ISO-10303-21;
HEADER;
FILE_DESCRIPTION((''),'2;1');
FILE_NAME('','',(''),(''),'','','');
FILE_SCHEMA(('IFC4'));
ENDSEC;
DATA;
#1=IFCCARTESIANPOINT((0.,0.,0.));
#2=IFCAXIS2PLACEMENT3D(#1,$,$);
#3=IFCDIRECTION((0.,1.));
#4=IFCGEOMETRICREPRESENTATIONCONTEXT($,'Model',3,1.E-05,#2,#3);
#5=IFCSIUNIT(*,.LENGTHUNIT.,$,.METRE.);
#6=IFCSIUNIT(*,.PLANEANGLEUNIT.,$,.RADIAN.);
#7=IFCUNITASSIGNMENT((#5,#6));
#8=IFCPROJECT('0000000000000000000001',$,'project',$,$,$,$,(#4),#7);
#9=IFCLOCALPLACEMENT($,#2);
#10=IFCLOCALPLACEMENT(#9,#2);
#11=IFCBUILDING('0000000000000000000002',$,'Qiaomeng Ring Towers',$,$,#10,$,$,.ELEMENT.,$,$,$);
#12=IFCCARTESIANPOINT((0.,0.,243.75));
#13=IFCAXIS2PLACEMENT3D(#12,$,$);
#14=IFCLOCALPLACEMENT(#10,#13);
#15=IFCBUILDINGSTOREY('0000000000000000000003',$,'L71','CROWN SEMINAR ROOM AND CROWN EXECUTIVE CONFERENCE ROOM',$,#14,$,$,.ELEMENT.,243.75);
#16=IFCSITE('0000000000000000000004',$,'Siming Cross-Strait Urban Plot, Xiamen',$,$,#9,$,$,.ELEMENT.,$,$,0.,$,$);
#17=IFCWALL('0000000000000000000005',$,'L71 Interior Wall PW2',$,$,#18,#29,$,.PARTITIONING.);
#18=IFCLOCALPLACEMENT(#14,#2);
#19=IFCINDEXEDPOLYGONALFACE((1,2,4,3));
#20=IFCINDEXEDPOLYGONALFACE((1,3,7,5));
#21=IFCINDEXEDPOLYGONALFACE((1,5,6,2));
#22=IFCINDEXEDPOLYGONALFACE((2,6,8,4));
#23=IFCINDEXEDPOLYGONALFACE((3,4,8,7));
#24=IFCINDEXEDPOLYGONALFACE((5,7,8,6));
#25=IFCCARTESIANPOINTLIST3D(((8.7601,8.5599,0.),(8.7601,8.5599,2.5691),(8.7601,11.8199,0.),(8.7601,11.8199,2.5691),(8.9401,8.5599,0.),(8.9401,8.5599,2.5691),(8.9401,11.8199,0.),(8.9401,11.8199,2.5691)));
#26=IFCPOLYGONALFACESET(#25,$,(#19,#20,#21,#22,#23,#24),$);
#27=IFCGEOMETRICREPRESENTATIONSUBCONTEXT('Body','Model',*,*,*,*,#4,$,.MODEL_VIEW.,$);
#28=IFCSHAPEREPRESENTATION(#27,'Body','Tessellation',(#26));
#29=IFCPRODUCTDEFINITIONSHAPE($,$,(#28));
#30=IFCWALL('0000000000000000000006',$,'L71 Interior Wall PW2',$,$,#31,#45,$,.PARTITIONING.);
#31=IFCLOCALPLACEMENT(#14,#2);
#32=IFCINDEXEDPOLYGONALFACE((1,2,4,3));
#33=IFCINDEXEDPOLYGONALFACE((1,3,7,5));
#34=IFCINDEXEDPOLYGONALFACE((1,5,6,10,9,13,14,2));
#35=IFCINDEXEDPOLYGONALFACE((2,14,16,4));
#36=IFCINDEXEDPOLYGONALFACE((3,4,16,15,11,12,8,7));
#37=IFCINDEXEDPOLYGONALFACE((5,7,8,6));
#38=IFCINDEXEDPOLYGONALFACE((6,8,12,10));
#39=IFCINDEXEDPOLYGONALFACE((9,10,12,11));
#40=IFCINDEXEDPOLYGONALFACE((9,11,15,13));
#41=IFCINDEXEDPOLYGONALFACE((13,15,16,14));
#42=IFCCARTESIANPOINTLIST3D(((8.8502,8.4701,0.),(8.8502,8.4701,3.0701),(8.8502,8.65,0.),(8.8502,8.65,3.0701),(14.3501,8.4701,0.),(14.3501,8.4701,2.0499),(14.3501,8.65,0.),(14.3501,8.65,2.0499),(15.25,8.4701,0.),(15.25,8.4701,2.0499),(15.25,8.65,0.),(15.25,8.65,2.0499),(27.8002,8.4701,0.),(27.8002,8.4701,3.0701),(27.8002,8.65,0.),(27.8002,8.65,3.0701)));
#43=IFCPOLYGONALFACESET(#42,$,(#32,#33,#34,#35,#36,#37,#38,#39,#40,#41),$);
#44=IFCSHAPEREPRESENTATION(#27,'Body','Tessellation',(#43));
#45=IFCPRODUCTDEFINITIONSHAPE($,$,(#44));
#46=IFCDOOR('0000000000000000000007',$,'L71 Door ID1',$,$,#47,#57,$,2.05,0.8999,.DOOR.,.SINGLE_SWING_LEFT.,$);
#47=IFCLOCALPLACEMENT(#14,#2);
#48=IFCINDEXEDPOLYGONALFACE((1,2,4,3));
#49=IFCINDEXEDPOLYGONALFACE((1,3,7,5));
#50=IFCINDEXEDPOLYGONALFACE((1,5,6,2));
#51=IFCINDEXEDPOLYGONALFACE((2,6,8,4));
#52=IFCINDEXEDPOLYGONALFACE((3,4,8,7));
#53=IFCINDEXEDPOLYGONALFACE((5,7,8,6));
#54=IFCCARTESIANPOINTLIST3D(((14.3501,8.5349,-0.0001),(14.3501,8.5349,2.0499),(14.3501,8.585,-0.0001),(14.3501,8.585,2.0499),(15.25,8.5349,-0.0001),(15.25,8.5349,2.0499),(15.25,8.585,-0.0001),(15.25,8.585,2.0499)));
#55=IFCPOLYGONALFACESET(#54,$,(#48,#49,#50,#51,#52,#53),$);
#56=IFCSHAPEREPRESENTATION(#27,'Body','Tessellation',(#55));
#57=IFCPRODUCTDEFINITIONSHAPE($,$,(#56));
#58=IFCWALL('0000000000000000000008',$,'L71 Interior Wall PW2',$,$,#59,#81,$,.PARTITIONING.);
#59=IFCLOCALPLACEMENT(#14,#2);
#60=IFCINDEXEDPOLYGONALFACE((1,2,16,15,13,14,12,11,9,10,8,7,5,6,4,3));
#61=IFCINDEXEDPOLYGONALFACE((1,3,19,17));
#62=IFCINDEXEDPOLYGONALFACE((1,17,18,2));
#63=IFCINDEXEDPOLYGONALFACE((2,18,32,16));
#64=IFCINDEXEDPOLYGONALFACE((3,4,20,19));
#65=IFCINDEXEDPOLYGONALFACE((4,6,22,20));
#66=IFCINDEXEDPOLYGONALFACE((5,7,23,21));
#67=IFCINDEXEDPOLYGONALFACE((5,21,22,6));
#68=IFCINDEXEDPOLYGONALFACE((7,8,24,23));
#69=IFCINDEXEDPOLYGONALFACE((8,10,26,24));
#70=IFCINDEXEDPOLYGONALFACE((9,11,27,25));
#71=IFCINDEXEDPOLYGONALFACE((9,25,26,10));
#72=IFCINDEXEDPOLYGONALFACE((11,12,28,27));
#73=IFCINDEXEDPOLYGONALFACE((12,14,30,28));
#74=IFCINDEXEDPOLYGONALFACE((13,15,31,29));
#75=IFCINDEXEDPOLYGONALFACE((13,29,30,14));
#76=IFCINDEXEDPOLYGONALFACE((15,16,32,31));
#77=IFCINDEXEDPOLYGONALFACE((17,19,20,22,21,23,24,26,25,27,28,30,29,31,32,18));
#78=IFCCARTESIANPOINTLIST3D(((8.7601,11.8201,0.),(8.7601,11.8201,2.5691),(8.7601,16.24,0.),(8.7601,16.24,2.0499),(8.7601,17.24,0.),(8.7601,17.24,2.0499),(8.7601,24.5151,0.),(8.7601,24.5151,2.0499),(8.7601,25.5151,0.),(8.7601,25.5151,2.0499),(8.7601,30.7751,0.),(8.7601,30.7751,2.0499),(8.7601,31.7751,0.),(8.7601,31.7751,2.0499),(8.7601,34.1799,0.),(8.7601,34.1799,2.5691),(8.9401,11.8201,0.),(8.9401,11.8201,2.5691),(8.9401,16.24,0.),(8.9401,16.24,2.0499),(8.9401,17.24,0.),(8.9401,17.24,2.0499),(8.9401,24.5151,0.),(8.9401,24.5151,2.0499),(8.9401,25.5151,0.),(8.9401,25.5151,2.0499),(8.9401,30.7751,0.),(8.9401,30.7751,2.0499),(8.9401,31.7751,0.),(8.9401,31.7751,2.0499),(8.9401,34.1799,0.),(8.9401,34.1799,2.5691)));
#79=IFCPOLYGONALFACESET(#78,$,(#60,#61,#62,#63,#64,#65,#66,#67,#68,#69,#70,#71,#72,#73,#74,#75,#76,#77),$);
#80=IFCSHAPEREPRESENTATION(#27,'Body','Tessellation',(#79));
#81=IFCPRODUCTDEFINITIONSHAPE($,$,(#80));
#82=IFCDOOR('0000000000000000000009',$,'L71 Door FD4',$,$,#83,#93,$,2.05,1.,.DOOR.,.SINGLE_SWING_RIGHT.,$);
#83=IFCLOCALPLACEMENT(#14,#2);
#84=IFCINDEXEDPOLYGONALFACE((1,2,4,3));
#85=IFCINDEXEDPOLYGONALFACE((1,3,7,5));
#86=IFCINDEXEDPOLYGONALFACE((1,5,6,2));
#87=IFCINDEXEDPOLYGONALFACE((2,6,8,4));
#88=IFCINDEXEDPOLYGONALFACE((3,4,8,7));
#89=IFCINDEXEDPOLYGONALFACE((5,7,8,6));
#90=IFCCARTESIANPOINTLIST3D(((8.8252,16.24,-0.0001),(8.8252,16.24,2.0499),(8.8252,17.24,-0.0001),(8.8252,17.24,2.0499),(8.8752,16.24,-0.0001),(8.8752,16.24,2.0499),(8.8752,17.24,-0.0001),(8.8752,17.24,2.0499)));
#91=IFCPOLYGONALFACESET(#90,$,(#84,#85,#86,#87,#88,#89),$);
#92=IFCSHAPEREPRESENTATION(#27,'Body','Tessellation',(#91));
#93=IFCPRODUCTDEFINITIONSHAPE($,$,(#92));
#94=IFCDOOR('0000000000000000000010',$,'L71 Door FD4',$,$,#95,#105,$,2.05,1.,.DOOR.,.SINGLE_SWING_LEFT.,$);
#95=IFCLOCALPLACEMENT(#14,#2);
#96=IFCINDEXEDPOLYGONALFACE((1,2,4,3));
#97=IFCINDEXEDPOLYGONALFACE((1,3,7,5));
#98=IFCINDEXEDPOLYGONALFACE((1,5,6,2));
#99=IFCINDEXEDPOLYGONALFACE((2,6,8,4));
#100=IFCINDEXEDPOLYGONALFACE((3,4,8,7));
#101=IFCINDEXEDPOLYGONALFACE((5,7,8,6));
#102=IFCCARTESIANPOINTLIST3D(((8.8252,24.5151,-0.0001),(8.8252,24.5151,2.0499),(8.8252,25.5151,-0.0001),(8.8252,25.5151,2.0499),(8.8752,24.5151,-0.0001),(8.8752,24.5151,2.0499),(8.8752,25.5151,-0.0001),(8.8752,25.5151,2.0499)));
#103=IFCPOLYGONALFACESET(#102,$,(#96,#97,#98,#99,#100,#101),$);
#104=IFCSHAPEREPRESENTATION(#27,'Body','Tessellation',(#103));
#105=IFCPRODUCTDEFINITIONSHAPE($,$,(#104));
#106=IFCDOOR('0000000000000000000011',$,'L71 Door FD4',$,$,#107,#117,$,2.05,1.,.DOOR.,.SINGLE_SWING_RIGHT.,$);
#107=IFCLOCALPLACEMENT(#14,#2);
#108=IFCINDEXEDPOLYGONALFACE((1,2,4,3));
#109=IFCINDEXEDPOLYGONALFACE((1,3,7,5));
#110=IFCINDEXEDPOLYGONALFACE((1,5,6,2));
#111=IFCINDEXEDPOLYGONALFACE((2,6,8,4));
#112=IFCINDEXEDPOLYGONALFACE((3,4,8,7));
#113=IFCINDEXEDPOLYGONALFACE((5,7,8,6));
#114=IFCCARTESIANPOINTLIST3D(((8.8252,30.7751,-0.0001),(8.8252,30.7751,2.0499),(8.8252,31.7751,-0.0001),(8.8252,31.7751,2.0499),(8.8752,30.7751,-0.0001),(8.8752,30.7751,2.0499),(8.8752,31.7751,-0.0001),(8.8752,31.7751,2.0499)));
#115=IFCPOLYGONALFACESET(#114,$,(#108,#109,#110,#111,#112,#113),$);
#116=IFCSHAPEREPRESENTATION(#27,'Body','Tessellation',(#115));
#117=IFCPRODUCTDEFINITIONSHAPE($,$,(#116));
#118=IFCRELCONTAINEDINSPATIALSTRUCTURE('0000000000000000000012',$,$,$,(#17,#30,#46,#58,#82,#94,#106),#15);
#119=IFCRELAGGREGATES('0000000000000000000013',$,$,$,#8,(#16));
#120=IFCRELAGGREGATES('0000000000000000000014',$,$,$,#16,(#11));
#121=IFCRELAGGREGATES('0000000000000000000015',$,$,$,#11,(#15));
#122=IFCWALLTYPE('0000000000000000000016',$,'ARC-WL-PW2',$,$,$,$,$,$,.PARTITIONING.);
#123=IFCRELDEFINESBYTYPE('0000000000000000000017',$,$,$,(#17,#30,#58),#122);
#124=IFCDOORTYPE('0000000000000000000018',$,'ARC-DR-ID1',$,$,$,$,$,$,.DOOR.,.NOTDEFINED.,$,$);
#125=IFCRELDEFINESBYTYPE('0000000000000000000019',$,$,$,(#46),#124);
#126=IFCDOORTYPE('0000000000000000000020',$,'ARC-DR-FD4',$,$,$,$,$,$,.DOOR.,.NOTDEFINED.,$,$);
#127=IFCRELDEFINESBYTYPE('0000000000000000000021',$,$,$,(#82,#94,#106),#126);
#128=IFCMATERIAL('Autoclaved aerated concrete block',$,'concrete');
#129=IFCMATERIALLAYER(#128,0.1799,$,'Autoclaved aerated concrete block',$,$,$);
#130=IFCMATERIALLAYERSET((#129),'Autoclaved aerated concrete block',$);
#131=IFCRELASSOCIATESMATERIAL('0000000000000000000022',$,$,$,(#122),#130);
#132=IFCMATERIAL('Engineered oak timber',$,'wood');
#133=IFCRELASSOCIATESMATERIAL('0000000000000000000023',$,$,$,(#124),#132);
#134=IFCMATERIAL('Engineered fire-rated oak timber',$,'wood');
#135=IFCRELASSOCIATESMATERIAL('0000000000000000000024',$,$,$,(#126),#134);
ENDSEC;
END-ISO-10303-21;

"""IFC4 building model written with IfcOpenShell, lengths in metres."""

from ifc_helpers import new_model, si_unit, direction, frame, frame_2d, origin, place, context, subcontext, project, spatial, rectangle, extrude, source, transform, mapped, material, layer, layer_set, type_object, element, fill, save


model = new_model("IFC4")

# Units and contexts
model_context = context("Model", 3, precision=1e-05, world=origin(), true_north=direction((0.0, 1.0)))
body_context = subcontext(model_context, "Body", "Model", "MODEL_VIEW")
ifc_project = project(units=[si_unit("LENGTHUNIT", "METRE"), si_unit("PLANEANGLEUNIT", "RADIAN")], contexts=[model_context])

# Site, building, storey
site_placement = place(None, origin())
site = spatial("IfcSite", under=ifc_project, at=site_placement, Name="Siming Cross-Strait Urban Plot, Xiamen", CompositionType="ELEMENT", RefElevation=0.0)
building_placement = place(site_placement, origin())
building = spatial("IfcBuilding", under=site, at=building_placement, Name="Qiaomeng Ring Towers", CompositionType="ELEMENT")
storey_placement = place(building_placement, frame((0.0, 0.0, 243.75)))
storey = spatial("IfcBuildingStorey", under=building, at=storey_placement, Name="L71", Description="CROWN SEMINAR ROOM AND CROWN EXECUTIVE CONFERENCE ROOM", CompositionType="ELEMENT", Elevation=243.75)

# Wall
ifc_material_1 = material(Name="Autoclaved aerated concrete block", Category="concrete")
ifc_layer_1 = layer(ifc_material_1, 0.1799, Name="Autoclaved aerated concrete block")
ifc_layer_set_1 = layer_set([ifc_layer_1], Name="Autoclaved aerated concrete block")
wall_type_1 = type_object("IfcWallType", Name="ARC-WL-PW2", PredefinedType="PARTITIONING", material=ifc_layer_set_1)
wall_1_placement = place(storey_placement, frame((8.8501, 8.5601, 0.0), z_axis=(0.0, 0.0, 1.0), x_axis=(0.0, 1.0, 0.0)))
element("IfcWall", 1, at=wall_1_placement, inside=storey, type_object=wall_type_1, Name="L71 Interior Wall PW2", PredefinedType="PARTITIONING", context=body_context, shape_type="SweptSolid", body=[
    extrude(rectangle(XDim=3.26, YDim=0.1799, at=frame_2d((1.6299, 0.0))), origin(), (0.0, 0.0, 1.0), 2.5691),
])

# Wall, opening, door
wall_2_placement = place(storey_placement, frame((8.8501, 8.5601, 0.0), z_axis=(0.0, 0.0, 1.0), x_axis=(1.0, 0.0, 0.0)))
wall_2 = element("IfcWall", 2, at=wall_2_placement, inside=storey, type_object=wall_type_1, Name="L71 Interior Wall PW2", PredefinedType="PARTITIONING", context=body_context, shape_type="SweptSolid", body=[
    extrude(rectangle(XDim=18.95, YDim=0.1799, at=frame_2d((9.4751, 0.0))), origin(), (0.0, 0.0, 1.0), 3.0701),
])
opening_1_placement = place(wall_2_placement, frame((5.5, 0.0, 0.0)))
opening_1 = element("IfcOpeningElement", 3, at=opening_1_placement, cuts=wall_2, PredefinedType="OPENING", context=body_context, shape_type="SweptSolid", body=[
    extrude(rectangle(XDim=0.8999, YDim=2.05, at=frame_2d((0.45, 1.0249))), frame((0.0, 0.0999, 0.0), z_axis=(0.0, -1.0, 0.0), x_axis=(1.0, 0.0, 0.0)), (0.0, 0.0, 1.0), 0.2),
])
ifc_material_2 = material(Name="Engineered oak timber", Category="wood")
door_type_1 = type_object("IfcDoorType", Name="ARC-DR-ID1", OperationType="NOTDEFINED", PredefinedType="DOOR", material=ifc_material_2)
shared_shape_1 = source(origin(), body_context, "Body", "SweptSolid", [
    extrude(rectangle(XDim=0.8999, YDim=2.05, at=frame_2d((0.45, 1.0249))), frame((0.0, 0.0249, 0.0), z_axis=(0.0, -1.0, 0.0), x_axis=(1.0, 0.0, 0.0)), (0.0, 0.0, 1.0), 0.05),
])
door_1_placement = place(opening_1_placement, origin())
door_1 = element("IfcDoor", 4, at=door_1_placement, inside=storey, type_object=door_type_1, Name="L71 Door ID1", OperationType="SINGLE_SWING_LEFT", OverallHeight=2.05, OverallWidth=0.8999, PredefinedType="DOOR", context=body_context, shape_type="MappedRepresentation", body=[
    mapped(shared_shape_1, transform((0.0, 0.0, 0.0), x_axis=(1.0, 0.0, 0.0), y_axis=(0.0, 1.0, 0.0), z_axis=(0.0, 0.0, 1.0), scale=1.0)),
])
fill(opening_1, door_1)

# Wall, openings, doors
wall_3_placement = place(storey_placement, frame((8.8501, 11.8201, 0.0), z_axis=(0.0, 0.0, 1.0), x_axis=(0.0, 1.0, 0.0)))
wall_3 = element("IfcWall", 5, at=wall_3_placement, inside=storey, type_object=wall_type_1, Name="L71 Interior Wall PW2", PredefinedType="PARTITIONING", context=body_context, shape_type="SweptSolid", body=[
    extrude(rectangle(XDim=22.3599, YDim=0.1799, at=frame_2d((11.1799, 0.0))), origin(), (0.0, 0.0, 1.0), 2.5691),
])
opening_2_placement = place(wall_3_placement, frame((4.4199, 0.0, 0.0)))
opening_2 = element("IfcOpeningElement", 6, at=opening_2_placement, cuts=wall_3, PredefinedType="OPENING", context=body_context, shape_type="SweptSolid", body=[
    extrude(rectangle(XDim=1.0, YDim=2.05, at=frame_2d((0.5, 1.0249))), frame((0.0, 0.0999, 0.0), z_axis=(0.0, -1.0, 0.0), x_axis=(1.0, 0.0, 0.0)), (0.0, 0.0, 1.0), 0.2),
])
opening_3_placement = place(wall_3_placement, frame((12.6951, 0.0, 0.0)))
opening_3 = element("IfcOpeningElement", 7, at=opening_3_placement, cuts=wall_3, PredefinedType="OPENING", context=body_context, shape_type="SweptSolid", body=[
    extrude(rectangle(XDim=1.0, YDim=2.05, at=frame_2d((0.5, 1.0249))), frame((0.0, 0.0999, 0.0), z_axis=(0.0, -1.0, 0.0), x_axis=(1.0, 0.0, 0.0)), (0.0, 0.0, 1.0), 0.2),
])
opening_4_placement = place(wall_3_placement, frame((18.9551, 0.0, 0.0)))
opening_4 = element("IfcOpeningElement", 8, at=opening_4_placement, cuts=wall_3, PredefinedType="OPENING", context=body_context, shape_type="SweptSolid", body=[
    extrude(rectangle(XDim=1.0, YDim=2.05, at=frame_2d((0.5, 1.0249))), frame((0.0, 0.0999, 0.0), z_axis=(0.0, -1.0, 0.0), x_axis=(1.0, 0.0, 0.0)), (0.0, 0.0, 1.0), 0.2),
])
ifc_material_3 = material(Name="Engineered fire-rated oak timber", Category="wood")
door_type_2 = type_object("IfcDoorType", Name="ARC-DR-FD4", OperationType="NOTDEFINED", PredefinedType="DOOR", material=ifc_material_3)
shared_shape_2 = source(origin(), body_context, "Body", "SweptSolid", [
    extrude(rectangle(XDim=1.0, YDim=2.05, at=frame_2d((0.5, 1.0249))), frame((0.0, 0.0249, 0.0), z_axis=(0.0, -1.0, 0.0), x_axis=(1.0, 0.0, 0.0)), (0.0, 0.0, 1.0), 0.05),
])
door_2_placement = place(opening_2_placement, origin())
door_2 = element("IfcDoor", 9, at=door_2_placement, inside=storey, type_object=door_type_2, Name="L71 Door FD4", OperationType="SINGLE_SWING_RIGHT", OverallHeight=2.05, OverallWidth=1.0, PredefinedType="DOOR", context=body_context, shape_type="MappedRepresentation", body=[
    mapped(shared_shape_2, transform((0.0, 0.0, 0.0), x_axis=(1.0, 0.0, 0.0), y_axis=(0.0, 1.0, 0.0), z_axis=(0.0, 0.0, 1.0), scale=1.0)),
])
fill(opening_2, door_2)
door_3_placement = place(opening_3_placement, origin())
door_3 = element("IfcDoor", 10, at=door_3_placement, inside=storey, type_object=door_type_2, Name="L71 Door FD4", OperationType="SINGLE_SWING_LEFT", OverallHeight=2.05, OverallWidth=1.0, PredefinedType="DOOR", context=body_context, shape_type="MappedRepresentation", body=[
    mapped(shared_shape_2, transform((0.0, 0.0, 0.0), x_axis=(1.0, 0.0, 0.0), y_axis=(0.0, 1.0, 0.0), z_axis=(0.0, 0.0, 1.0), scale=1.0)),
])
fill(opening_3, door_3)
door_4_placement = place(opening_4_placement, origin())
door_4 = element("IfcDoor", 11, at=door_4_placement, inside=storey, type_object=door_type_2, Name="L71 Door FD4", OperationType="SINGLE_SWING_RIGHT", OverallHeight=2.05, OverallWidth=1.0, PredefinedType="DOOR", context=body_context, shape_type="MappedRepresentation", body=[
    mapped(shared_shape_2, transform((0.0, 0.0, 0.0), x_axis=(1.0, 0.0, 0.0), y_axis=(0.0, 1.0, 0.0), z_axis=(0.0, 0.0, 1.0), scale=1.0)),
])
fill(opening_4, door_4)

save(model, "model.ifc")
